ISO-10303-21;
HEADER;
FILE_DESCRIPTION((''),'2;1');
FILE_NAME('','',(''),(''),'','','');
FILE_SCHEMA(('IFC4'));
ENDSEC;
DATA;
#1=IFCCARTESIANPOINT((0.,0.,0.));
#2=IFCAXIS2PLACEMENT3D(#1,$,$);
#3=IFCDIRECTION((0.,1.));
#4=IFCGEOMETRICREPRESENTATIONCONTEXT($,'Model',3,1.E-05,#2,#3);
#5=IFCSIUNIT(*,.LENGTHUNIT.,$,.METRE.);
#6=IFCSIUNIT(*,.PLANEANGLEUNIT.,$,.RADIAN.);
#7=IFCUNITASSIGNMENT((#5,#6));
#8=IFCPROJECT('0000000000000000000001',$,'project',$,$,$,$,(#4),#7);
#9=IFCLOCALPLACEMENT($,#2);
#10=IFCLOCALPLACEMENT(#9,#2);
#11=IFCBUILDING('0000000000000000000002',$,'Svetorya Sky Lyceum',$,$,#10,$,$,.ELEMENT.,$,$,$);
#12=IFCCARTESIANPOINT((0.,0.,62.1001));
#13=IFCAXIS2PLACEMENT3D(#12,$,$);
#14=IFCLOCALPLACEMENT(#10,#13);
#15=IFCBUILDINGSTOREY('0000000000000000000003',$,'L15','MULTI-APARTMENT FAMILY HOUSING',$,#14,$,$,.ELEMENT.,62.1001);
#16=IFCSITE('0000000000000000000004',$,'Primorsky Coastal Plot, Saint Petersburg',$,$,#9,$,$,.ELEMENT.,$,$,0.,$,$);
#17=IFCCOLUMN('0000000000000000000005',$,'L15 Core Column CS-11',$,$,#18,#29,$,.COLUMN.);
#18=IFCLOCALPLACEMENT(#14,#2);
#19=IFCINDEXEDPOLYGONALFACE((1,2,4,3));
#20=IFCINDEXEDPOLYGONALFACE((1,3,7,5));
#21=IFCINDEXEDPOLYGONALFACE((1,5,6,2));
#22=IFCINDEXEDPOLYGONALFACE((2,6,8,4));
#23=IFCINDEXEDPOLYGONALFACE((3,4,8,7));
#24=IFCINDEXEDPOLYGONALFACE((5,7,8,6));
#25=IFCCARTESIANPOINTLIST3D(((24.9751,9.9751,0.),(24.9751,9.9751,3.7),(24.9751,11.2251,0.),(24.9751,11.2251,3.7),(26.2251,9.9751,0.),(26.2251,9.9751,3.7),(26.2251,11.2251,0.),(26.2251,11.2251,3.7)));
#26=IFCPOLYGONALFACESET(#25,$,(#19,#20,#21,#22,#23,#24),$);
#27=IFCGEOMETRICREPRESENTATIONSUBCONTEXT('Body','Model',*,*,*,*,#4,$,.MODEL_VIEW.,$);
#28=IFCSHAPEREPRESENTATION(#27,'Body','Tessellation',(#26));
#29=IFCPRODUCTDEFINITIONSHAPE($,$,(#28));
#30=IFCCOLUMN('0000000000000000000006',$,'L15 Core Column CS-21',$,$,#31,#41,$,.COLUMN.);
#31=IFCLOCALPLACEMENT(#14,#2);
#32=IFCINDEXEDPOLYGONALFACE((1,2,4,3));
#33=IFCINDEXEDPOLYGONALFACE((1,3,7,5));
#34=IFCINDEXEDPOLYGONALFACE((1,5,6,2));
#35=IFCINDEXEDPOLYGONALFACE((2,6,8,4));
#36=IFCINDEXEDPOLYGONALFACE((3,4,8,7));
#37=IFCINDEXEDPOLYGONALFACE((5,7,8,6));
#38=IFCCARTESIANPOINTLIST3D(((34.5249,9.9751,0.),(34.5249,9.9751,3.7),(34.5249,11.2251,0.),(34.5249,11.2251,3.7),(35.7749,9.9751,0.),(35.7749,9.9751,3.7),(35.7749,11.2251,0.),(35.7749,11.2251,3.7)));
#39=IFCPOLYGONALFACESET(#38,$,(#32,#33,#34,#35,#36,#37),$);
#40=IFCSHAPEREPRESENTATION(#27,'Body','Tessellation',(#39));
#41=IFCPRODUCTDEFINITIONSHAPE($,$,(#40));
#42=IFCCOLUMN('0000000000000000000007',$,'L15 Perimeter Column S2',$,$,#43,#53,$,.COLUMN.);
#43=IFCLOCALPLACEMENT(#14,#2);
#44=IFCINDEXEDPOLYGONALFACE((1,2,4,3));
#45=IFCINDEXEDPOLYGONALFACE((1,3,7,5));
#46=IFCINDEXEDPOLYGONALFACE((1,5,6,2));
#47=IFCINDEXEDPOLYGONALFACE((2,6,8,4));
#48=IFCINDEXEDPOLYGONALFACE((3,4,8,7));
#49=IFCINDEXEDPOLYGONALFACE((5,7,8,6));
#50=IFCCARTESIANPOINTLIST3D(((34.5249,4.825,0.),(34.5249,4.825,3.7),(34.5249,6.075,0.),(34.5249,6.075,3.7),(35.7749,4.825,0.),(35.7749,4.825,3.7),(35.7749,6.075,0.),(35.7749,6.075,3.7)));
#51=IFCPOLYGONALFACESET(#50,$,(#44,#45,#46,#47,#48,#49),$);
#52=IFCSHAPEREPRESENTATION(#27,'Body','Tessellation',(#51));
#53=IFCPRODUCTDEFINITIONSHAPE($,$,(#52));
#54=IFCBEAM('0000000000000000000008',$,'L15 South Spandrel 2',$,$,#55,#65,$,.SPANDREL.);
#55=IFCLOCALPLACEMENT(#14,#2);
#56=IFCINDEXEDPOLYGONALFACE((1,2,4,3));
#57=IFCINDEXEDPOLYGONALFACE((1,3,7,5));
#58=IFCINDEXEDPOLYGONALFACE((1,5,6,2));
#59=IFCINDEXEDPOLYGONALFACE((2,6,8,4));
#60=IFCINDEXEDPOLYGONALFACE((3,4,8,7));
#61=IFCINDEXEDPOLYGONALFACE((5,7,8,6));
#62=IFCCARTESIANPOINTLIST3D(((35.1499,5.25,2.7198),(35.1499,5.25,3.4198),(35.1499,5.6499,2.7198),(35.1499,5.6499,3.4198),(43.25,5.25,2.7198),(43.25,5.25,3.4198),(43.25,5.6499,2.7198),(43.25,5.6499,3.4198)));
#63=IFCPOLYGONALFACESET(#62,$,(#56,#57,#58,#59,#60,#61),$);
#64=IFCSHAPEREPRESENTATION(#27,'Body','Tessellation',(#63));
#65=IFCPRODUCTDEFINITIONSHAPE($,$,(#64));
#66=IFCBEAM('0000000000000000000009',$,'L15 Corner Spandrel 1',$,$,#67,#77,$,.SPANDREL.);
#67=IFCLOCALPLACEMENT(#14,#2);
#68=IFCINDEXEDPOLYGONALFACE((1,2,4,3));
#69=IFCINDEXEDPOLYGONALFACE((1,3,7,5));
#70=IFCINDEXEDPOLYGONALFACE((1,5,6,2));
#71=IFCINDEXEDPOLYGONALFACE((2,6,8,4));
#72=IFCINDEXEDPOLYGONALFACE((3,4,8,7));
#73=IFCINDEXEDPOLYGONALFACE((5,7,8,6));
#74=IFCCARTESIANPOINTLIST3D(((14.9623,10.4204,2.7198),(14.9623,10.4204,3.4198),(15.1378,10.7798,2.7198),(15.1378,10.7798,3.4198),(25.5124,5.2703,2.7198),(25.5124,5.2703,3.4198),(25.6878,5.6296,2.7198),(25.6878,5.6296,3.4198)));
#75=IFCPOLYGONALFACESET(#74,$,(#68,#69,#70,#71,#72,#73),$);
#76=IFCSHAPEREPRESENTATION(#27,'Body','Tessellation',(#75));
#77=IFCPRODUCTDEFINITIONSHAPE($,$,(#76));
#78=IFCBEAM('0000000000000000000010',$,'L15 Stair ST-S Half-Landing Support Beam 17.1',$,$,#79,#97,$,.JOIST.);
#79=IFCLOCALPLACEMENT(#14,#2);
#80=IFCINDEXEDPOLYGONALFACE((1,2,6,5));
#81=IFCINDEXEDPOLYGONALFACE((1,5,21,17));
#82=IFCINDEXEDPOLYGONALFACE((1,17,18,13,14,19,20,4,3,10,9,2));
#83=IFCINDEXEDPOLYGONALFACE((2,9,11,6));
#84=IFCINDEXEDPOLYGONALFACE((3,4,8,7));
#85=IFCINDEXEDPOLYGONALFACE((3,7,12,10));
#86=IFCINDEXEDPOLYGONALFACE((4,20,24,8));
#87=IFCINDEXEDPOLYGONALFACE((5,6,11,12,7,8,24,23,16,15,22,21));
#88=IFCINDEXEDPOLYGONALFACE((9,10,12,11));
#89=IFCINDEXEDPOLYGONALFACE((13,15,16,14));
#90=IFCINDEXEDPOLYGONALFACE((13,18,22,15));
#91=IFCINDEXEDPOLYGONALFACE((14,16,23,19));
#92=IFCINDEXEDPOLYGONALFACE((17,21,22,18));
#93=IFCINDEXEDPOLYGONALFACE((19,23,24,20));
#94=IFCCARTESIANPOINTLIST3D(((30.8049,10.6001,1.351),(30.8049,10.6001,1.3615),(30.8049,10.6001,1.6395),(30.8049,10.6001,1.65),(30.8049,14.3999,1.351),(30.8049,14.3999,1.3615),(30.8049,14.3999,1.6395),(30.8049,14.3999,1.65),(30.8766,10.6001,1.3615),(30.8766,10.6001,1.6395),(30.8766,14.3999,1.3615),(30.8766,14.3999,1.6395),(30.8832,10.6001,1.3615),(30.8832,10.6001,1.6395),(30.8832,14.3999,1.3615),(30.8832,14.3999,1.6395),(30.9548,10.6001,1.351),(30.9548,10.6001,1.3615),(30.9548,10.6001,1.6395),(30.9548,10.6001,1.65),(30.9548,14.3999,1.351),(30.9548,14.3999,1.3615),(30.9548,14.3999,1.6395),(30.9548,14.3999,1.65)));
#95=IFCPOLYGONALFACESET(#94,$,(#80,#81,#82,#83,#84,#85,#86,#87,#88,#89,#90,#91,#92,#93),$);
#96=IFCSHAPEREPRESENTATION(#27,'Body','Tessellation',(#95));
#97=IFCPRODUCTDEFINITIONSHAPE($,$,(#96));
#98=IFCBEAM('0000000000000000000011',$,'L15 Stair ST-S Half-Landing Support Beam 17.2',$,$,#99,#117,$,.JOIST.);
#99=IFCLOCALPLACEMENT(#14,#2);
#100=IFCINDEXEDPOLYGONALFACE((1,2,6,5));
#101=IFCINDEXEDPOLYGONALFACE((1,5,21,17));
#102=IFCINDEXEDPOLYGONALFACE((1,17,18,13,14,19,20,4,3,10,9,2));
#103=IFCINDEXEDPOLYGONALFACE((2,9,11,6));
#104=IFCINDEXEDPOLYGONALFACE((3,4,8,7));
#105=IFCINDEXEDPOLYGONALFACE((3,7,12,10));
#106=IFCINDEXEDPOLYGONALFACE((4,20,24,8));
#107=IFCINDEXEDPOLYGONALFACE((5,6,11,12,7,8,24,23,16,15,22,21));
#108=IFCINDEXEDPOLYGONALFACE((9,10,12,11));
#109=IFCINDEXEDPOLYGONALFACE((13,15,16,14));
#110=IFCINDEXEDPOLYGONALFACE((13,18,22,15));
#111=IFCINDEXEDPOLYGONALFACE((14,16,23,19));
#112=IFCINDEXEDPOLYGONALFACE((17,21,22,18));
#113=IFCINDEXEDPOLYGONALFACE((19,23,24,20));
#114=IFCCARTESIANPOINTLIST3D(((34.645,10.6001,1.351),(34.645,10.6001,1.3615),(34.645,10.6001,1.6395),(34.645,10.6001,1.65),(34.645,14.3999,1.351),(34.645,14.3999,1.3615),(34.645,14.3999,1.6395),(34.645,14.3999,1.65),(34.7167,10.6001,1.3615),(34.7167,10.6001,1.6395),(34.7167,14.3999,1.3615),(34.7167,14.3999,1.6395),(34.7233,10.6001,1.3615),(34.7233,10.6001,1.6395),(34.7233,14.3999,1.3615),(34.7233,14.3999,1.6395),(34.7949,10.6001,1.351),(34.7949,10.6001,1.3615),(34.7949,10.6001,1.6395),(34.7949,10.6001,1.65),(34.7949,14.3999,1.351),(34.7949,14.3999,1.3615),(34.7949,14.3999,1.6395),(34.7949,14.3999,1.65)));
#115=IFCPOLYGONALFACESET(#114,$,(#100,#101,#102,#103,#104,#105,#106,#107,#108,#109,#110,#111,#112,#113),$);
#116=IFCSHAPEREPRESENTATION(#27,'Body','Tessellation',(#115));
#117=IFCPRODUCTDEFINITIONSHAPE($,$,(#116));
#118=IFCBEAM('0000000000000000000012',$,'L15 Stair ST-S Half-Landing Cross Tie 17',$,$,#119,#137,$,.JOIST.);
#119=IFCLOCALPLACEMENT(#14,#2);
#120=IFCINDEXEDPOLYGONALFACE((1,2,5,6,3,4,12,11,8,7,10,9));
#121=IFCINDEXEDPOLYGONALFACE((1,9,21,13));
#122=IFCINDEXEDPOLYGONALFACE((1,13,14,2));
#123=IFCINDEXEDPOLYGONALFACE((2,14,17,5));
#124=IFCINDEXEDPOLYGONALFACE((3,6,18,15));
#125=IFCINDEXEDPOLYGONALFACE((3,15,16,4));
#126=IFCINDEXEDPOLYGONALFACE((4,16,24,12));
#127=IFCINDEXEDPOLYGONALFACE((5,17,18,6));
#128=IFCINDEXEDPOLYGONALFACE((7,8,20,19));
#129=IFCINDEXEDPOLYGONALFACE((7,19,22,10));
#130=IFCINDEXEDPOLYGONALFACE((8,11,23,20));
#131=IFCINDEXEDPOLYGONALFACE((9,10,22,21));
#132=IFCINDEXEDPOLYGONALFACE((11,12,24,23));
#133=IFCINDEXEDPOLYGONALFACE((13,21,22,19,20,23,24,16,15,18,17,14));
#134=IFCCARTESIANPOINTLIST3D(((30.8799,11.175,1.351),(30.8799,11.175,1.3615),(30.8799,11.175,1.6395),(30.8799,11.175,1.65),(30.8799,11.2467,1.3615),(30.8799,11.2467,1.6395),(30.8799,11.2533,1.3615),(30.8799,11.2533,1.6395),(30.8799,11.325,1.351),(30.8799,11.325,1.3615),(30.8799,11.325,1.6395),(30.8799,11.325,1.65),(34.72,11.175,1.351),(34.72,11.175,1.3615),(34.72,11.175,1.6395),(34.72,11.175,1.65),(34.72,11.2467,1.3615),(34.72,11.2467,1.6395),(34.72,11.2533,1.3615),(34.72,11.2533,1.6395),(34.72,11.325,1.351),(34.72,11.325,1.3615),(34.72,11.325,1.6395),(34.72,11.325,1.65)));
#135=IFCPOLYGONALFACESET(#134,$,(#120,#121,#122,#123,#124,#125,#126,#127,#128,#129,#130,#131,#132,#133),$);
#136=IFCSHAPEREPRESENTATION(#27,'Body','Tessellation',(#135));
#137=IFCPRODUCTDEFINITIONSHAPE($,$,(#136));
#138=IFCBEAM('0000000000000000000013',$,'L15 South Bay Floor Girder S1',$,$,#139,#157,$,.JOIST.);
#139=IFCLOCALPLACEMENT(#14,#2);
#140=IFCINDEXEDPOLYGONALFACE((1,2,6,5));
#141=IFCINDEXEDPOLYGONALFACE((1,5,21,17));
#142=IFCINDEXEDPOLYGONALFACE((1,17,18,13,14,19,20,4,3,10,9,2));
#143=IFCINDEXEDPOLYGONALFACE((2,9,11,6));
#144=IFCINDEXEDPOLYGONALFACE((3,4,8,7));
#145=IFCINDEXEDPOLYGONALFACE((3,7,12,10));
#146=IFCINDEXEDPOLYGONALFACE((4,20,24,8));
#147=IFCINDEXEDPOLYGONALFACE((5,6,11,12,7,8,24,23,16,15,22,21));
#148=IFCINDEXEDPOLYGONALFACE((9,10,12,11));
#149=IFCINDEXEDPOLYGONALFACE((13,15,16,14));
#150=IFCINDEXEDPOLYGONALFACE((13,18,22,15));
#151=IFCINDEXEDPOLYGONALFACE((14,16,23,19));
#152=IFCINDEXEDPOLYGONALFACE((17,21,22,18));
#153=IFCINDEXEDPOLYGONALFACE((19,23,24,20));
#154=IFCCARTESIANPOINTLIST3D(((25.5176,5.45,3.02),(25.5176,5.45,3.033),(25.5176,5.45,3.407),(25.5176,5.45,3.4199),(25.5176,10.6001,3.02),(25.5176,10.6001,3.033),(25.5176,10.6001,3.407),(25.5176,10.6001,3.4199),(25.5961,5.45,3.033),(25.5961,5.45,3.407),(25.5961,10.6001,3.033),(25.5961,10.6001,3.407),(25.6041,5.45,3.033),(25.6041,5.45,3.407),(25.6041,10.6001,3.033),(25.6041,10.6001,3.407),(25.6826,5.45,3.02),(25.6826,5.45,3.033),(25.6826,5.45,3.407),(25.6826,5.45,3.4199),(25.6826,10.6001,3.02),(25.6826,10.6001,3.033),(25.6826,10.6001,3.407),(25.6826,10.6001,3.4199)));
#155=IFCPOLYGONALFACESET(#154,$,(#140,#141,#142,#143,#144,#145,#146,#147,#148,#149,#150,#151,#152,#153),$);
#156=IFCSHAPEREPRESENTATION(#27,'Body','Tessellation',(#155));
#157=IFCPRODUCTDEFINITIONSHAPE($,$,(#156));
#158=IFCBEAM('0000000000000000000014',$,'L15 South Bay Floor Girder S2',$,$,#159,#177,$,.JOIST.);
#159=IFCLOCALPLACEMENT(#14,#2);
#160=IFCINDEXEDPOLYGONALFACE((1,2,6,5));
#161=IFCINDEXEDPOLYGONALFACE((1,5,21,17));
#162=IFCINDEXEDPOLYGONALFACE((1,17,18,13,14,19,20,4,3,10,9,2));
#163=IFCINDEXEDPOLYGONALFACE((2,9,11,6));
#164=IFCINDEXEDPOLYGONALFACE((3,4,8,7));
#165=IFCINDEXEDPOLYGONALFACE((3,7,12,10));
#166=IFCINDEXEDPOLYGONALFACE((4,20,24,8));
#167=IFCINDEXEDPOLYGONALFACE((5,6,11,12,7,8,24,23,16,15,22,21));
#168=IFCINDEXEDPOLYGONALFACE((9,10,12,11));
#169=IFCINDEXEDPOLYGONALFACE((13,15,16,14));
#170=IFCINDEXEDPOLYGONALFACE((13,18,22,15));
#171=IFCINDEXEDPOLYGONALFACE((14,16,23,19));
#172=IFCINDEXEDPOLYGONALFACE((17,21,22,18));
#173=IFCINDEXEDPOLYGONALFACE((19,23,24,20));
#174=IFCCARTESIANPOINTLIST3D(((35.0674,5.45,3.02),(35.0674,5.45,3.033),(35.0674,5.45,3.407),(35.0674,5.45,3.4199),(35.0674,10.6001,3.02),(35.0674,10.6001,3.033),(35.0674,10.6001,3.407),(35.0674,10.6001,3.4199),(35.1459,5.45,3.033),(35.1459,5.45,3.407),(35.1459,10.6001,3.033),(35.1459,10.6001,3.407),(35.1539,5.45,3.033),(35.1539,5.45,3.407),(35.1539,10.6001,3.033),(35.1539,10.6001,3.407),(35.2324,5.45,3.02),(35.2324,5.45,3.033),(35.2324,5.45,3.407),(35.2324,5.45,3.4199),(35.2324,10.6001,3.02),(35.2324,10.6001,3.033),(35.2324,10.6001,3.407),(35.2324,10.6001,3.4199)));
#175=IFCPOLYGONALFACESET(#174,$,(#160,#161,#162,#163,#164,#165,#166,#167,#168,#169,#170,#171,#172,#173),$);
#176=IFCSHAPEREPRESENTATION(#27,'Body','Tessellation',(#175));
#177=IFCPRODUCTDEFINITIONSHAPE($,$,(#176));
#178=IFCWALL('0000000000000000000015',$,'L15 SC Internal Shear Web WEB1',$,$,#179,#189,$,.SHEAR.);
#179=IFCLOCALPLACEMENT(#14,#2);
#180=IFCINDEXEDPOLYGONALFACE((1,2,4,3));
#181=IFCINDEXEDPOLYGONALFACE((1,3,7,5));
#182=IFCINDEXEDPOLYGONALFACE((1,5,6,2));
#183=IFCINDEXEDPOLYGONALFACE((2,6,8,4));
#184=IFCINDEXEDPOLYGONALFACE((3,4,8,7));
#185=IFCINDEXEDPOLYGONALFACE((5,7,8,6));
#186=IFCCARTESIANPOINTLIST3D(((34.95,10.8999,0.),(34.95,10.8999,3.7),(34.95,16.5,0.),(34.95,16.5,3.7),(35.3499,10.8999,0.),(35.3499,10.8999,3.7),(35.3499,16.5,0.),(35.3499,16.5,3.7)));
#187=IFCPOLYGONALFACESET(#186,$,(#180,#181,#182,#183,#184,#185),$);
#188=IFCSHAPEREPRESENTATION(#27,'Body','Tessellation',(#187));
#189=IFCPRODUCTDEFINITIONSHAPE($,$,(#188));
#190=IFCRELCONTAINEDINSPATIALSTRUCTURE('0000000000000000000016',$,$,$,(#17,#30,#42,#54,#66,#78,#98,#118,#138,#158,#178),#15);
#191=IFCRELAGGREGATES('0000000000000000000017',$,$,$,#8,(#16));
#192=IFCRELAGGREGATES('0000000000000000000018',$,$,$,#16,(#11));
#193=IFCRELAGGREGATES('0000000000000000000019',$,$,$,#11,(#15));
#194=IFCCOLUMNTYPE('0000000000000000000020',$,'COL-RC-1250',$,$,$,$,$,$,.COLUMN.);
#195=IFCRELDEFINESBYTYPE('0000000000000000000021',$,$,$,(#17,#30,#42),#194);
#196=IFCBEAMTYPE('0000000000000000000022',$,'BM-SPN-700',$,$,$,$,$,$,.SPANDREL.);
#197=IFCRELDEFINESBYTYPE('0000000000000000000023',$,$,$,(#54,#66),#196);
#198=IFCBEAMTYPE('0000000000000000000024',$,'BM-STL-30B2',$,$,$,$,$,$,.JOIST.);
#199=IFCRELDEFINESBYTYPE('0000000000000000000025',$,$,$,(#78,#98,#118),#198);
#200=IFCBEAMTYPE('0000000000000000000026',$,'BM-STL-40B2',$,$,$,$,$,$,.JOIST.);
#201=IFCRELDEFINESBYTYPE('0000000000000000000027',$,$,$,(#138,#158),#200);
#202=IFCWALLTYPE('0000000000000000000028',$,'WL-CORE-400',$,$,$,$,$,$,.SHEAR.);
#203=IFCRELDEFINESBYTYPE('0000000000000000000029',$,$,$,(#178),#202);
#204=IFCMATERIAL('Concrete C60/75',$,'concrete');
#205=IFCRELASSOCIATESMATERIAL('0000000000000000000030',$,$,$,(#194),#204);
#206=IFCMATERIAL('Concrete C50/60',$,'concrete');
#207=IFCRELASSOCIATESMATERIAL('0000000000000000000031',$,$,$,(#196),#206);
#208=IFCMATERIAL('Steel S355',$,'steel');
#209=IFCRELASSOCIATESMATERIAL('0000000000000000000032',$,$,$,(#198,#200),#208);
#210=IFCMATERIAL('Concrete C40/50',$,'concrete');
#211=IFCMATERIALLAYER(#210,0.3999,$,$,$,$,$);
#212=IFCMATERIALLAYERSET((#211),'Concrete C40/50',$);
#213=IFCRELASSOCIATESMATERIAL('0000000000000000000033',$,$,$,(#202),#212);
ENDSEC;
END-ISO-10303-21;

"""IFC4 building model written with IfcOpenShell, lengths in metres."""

from ifc_helpers import new_model, si_unit, direction, frame, frame_2d, origin, origin_2d, place, context, subcontext, project, spatial, rectangle, i_section, extrude, material, layer, layer_set, material_profile, profile_set, type_object, element, save


model = new_model("IFC4")

# Units and contexts
model_context = context("Model", 3, precision=1e-05, world=origin(), true_north=direction((0.0, 1.0)))
body_context = subcontext(model_context, "Body", "Model", "MODEL_VIEW")
ifc_project = project(units=[si_unit("LENGTHUNIT", "METRE"), si_unit("PLANEANGLEUNIT", "RADIAN")], contexts=[model_context])

# Site, building, storey
site_placement = place(None, origin())
site = spatial("IfcSite", under=ifc_project, at=site_placement, Name="Primorsky Coastal Plot, Saint Petersburg", CompositionType="ELEMENT", RefElevation=0.0)
building_placement = place(site_placement, origin())
building = spatial("IfcBuilding", under=site, at=building_placement, Name="Svetorya Sky Lyceum", CompositionType="ELEMENT")
storey_placement = place(building_placement, frame((0.0, 0.0, 62.1001)))
storey = spatial("IfcBuildingStorey", under=building, at=storey_placement, Name="L15", Description="MULTI-APARTMENT FAMILY HOUSING", CompositionType="ELEMENT", Elevation=62.1001)

# Columns
ifc_material_1 = material(Name="Concrete C60/75", Category="concrete")
ifc_material_profile_1 = material_profile(ifc_material_1, rectangle(XDim=1.25, YDim=1.25, at=origin_2d()), Name="RC COL 1250x1250")
ifc_profile_set_1 = profile_set([ifc_material_profile_1], Name="Concrete C60/75")
column_type = type_object("IfcColumnType", Name="COL-RC-1250", PredefinedType="COLUMN", material=ifc_profile_set_1)
for number, where, z_axis, x_axis, name in (
    (1, (25.6001, 10.6001, 0.0), (0.0, 0.0, 1.0), (1.0, 0.0, 0.0), "L15 Core Column CS-11"),
    (2, (35.1499, 10.6001, 0.0), (0.0, 0.0, 1.0), (1.0, 0.0, 0.0), "L15 Core Column CS-21"),
    (3, (35.1499, 5.45, 0.0), (0.0, 0.0, 1.0), (1.0, 0.0, 0.0), "L15 Perimeter Column S2"),
):
    element("IfcColumn", number, at=place(storey_placement, frame(where, z_axis=z_axis, x_axis=x_axis)), inside=storey, type_object=column_type, Name=name, PredefinedType="COLUMN", context=body_context, shape_type="SweptSolid", body=[
        extrude(rectangle(XDim=1.25, YDim=1.25, at=origin_2d()), origin(), (0.0, 0.0, 1.0), 3.7),
    ])

# Beams
ifc_material_2 = material(Name="Concrete C50/60", Category="concrete")
ifc_material_profile_2 = material_profile(ifc_material_2, rectangle(XDim=0.3999, YDim=0.7, at=origin_2d()), Name="RC SPANDREL 400x700")
ifc_profile_set_2 = profile_set([ifc_material_profile_2], Name="Concrete C50/60")
beam_type_1 = type_object("IfcBeamType", Name="BM-SPN-700", PredefinedType="SPANDREL", material=ifc_profile_set_2)
beam_1_placement = place(storey_placement, frame((35.1499, 5.45, 3.0698), z_axis=(1.0, 0.0, 0.0), x_axis=(0.0, 1.0, 0.0)))
element("IfcBeam", 4, at=beam_1_placement, inside=storey, type_object=beam_type_1, Name="L15 South Spandrel 2", PredefinedType="SPANDREL", context=body_context, shape_type="SweptSolid", body=[
    extrude(rectangle(XDim=0.3999, YDim=0.7, at=origin_2d()), origin(), (0.0, 0.0, 1.0), 8.1001),
])
beam_2_placement = place(storey_placement, frame((25.6001, 5.45, 3.0698), z_axis=(-0.898641, 0.438684, 0.0), x_axis=(-0.438684, -0.898641, 0.0)))
element("IfcBeam", 5, at=beam_2_placement, inside=storey, type_object=beam_type_1, Name="L15 Corner Spandrel 1", PredefinedType="SPANDREL", context=body_context, shape_type="SweptSolid", body=[
    extrude(rectangle(XDim=0.3999, YDim=0.7, at=origin_2d()), origin(), (0.0, 0.0, 1.0), 11.74),
])
ifc_material_3 = material(Name="Steel S355", Category="steel")
ifc_material_profile_3 = material_profile(ifc_material_3, i_section(OverallWidth=0.1499, OverallDepth=0.2991, WebThickness=0.0066, FlangeThickness=0.0105, at=origin_2d()), Name="GOST 30B2")
ifc_profile_set_3 = profile_set([ifc_material_profile_3], Name="Steel S355")
beam_type_2 = type_object("IfcBeamType", Name="BM-STL-30B2", PredefinedType="JOIST", material=ifc_profile_set_3)
for number, where, z_axis, x_axis, name in (
    (6, (30.8799, 10.6001, 1.5005), (0.0, 1.0, 0.0), (-1.0, 0.0, 0.0), "L15 Stair ST-S Half-Landing Support Beam 17.1"),
    (7, (34.72, 10.6001, 1.5005), (0.0, 1.0, 0.0), (-1.0, 0.0, 0.0), "L15 Stair ST-S Half-Landing Support Beam 17.2"),
):
    element("IfcBeam", number, at=place(storey_placement, frame(where, z_axis=z_axis, x_axis=x_axis)), inside=storey, type_object=beam_type_2, Name=name, PredefinedType="JOIST", context=body_context, shape_type="SweptSolid", body=[
        extrude(i_section(OverallWidth=0.1499, OverallDepth=0.2991, WebThickness=0.0066, FlangeThickness=0.0105, at=origin_2d()), origin(), (0.0, 0.0, 1.0), 3.7998),
    ])
beam_3_placement = place(storey_placement, frame((30.8799, 11.25, 1.5005), z_axis=(1.0, 0.0, 0.0), x_axis=(0.0, 1.0, 0.0)))
element("IfcBeam", 8, at=beam_3_placement, inside=storey, type_object=beam_type_2, Name="L15 Stair ST-S Half-Landing Cross Tie 17", PredefinedType="JOIST", context=body_context, shape_type="SweptSolid", body=[
    extrude(i_section(OverallWidth=0.1499, OverallDepth=0.2991, WebThickness=0.0066, FlangeThickness=0.0105, at=origin_2d()), origin(), (0.0, 0.0, 1.0), 3.8401),
])
ifc_material_profile_4 = material_profile(ifc_material_3, i_section(OverallWidth=0.165, OverallDepth=0.3999, WebThickness=0.0081, FlangeThickness=0.0129, at=origin_2d()), Name="GOST 40B2")
ifc_profile_set_4 = profile_set([ifc_material_profile_4], Name="Steel S355")
beam_type_3 = type_object("IfcBeamType", Name="BM-STL-40B2", PredefinedType="JOIST", material=ifc_profile_set_4)
for number, where, z_axis, x_axis, name in (
    (9, (25.6001, 5.45, 3.22), (0.0, 1.0, 0.0), (-1.0, 0.0, 0.0), "L15 South Bay Floor Girder S1"),
    (10, (35.1499, 5.45, 3.22), (0.0, 1.0, 0.0), (-1.0, 0.0, 0.0), "L15 South Bay Floor Girder S2"),
):
    element("IfcBeam", number, at=place(storey_placement, frame(where, z_axis=z_axis, x_axis=x_axis)), inside=storey, type_object=beam_type_3, Name=name, PredefinedType="JOIST", context=body_context, shape_type="SweptSolid", body=[
        extrude(i_section(OverallWidth=0.165, OverallDepth=0.3999, WebThickness=0.0081, FlangeThickness=0.0129, at=origin_2d()), origin(), (0.0, 0.0, 1.0), 5.1501),
    ])

# Wall
ifc_material_4 = material(Name="Concrete C40/50", Category="concrete")
ifc_layer_1 = layer(ifc_material_4, 0.3999)
ifc_layer_set_1 = layer_set([ifc_layer_1], Name="Concrete C40/50")
wall_type_1 = type_object("IfcWallType", Name="WL-CORE-400", PredefinedType="SHEAR", material=ifc_layer_set_1)
wall_1_placement = place(storey_placement, frame((35.1499, 10.8999, 0.0), z_axis=(0.0, 0.0, 1.0), x_axis=(0.0, 1.0, 0.0)))
element("IfcWall", 11, at=wall_1_placement, inside=storey, type_object=wall_type_1, Name="L15 SC Internal Shear Web WEB1", PredefinedType="SHEAR", context=body_context, shape_type="SweptSolid", body=[
    extrude(rectangle(XDim=5.6001, YDim=0.3999, at=frame_2d((2.8, 0.0))), origin(), (0.0, 0.0, 1.0), 3.7),
])

save(model, "model.ifc")
